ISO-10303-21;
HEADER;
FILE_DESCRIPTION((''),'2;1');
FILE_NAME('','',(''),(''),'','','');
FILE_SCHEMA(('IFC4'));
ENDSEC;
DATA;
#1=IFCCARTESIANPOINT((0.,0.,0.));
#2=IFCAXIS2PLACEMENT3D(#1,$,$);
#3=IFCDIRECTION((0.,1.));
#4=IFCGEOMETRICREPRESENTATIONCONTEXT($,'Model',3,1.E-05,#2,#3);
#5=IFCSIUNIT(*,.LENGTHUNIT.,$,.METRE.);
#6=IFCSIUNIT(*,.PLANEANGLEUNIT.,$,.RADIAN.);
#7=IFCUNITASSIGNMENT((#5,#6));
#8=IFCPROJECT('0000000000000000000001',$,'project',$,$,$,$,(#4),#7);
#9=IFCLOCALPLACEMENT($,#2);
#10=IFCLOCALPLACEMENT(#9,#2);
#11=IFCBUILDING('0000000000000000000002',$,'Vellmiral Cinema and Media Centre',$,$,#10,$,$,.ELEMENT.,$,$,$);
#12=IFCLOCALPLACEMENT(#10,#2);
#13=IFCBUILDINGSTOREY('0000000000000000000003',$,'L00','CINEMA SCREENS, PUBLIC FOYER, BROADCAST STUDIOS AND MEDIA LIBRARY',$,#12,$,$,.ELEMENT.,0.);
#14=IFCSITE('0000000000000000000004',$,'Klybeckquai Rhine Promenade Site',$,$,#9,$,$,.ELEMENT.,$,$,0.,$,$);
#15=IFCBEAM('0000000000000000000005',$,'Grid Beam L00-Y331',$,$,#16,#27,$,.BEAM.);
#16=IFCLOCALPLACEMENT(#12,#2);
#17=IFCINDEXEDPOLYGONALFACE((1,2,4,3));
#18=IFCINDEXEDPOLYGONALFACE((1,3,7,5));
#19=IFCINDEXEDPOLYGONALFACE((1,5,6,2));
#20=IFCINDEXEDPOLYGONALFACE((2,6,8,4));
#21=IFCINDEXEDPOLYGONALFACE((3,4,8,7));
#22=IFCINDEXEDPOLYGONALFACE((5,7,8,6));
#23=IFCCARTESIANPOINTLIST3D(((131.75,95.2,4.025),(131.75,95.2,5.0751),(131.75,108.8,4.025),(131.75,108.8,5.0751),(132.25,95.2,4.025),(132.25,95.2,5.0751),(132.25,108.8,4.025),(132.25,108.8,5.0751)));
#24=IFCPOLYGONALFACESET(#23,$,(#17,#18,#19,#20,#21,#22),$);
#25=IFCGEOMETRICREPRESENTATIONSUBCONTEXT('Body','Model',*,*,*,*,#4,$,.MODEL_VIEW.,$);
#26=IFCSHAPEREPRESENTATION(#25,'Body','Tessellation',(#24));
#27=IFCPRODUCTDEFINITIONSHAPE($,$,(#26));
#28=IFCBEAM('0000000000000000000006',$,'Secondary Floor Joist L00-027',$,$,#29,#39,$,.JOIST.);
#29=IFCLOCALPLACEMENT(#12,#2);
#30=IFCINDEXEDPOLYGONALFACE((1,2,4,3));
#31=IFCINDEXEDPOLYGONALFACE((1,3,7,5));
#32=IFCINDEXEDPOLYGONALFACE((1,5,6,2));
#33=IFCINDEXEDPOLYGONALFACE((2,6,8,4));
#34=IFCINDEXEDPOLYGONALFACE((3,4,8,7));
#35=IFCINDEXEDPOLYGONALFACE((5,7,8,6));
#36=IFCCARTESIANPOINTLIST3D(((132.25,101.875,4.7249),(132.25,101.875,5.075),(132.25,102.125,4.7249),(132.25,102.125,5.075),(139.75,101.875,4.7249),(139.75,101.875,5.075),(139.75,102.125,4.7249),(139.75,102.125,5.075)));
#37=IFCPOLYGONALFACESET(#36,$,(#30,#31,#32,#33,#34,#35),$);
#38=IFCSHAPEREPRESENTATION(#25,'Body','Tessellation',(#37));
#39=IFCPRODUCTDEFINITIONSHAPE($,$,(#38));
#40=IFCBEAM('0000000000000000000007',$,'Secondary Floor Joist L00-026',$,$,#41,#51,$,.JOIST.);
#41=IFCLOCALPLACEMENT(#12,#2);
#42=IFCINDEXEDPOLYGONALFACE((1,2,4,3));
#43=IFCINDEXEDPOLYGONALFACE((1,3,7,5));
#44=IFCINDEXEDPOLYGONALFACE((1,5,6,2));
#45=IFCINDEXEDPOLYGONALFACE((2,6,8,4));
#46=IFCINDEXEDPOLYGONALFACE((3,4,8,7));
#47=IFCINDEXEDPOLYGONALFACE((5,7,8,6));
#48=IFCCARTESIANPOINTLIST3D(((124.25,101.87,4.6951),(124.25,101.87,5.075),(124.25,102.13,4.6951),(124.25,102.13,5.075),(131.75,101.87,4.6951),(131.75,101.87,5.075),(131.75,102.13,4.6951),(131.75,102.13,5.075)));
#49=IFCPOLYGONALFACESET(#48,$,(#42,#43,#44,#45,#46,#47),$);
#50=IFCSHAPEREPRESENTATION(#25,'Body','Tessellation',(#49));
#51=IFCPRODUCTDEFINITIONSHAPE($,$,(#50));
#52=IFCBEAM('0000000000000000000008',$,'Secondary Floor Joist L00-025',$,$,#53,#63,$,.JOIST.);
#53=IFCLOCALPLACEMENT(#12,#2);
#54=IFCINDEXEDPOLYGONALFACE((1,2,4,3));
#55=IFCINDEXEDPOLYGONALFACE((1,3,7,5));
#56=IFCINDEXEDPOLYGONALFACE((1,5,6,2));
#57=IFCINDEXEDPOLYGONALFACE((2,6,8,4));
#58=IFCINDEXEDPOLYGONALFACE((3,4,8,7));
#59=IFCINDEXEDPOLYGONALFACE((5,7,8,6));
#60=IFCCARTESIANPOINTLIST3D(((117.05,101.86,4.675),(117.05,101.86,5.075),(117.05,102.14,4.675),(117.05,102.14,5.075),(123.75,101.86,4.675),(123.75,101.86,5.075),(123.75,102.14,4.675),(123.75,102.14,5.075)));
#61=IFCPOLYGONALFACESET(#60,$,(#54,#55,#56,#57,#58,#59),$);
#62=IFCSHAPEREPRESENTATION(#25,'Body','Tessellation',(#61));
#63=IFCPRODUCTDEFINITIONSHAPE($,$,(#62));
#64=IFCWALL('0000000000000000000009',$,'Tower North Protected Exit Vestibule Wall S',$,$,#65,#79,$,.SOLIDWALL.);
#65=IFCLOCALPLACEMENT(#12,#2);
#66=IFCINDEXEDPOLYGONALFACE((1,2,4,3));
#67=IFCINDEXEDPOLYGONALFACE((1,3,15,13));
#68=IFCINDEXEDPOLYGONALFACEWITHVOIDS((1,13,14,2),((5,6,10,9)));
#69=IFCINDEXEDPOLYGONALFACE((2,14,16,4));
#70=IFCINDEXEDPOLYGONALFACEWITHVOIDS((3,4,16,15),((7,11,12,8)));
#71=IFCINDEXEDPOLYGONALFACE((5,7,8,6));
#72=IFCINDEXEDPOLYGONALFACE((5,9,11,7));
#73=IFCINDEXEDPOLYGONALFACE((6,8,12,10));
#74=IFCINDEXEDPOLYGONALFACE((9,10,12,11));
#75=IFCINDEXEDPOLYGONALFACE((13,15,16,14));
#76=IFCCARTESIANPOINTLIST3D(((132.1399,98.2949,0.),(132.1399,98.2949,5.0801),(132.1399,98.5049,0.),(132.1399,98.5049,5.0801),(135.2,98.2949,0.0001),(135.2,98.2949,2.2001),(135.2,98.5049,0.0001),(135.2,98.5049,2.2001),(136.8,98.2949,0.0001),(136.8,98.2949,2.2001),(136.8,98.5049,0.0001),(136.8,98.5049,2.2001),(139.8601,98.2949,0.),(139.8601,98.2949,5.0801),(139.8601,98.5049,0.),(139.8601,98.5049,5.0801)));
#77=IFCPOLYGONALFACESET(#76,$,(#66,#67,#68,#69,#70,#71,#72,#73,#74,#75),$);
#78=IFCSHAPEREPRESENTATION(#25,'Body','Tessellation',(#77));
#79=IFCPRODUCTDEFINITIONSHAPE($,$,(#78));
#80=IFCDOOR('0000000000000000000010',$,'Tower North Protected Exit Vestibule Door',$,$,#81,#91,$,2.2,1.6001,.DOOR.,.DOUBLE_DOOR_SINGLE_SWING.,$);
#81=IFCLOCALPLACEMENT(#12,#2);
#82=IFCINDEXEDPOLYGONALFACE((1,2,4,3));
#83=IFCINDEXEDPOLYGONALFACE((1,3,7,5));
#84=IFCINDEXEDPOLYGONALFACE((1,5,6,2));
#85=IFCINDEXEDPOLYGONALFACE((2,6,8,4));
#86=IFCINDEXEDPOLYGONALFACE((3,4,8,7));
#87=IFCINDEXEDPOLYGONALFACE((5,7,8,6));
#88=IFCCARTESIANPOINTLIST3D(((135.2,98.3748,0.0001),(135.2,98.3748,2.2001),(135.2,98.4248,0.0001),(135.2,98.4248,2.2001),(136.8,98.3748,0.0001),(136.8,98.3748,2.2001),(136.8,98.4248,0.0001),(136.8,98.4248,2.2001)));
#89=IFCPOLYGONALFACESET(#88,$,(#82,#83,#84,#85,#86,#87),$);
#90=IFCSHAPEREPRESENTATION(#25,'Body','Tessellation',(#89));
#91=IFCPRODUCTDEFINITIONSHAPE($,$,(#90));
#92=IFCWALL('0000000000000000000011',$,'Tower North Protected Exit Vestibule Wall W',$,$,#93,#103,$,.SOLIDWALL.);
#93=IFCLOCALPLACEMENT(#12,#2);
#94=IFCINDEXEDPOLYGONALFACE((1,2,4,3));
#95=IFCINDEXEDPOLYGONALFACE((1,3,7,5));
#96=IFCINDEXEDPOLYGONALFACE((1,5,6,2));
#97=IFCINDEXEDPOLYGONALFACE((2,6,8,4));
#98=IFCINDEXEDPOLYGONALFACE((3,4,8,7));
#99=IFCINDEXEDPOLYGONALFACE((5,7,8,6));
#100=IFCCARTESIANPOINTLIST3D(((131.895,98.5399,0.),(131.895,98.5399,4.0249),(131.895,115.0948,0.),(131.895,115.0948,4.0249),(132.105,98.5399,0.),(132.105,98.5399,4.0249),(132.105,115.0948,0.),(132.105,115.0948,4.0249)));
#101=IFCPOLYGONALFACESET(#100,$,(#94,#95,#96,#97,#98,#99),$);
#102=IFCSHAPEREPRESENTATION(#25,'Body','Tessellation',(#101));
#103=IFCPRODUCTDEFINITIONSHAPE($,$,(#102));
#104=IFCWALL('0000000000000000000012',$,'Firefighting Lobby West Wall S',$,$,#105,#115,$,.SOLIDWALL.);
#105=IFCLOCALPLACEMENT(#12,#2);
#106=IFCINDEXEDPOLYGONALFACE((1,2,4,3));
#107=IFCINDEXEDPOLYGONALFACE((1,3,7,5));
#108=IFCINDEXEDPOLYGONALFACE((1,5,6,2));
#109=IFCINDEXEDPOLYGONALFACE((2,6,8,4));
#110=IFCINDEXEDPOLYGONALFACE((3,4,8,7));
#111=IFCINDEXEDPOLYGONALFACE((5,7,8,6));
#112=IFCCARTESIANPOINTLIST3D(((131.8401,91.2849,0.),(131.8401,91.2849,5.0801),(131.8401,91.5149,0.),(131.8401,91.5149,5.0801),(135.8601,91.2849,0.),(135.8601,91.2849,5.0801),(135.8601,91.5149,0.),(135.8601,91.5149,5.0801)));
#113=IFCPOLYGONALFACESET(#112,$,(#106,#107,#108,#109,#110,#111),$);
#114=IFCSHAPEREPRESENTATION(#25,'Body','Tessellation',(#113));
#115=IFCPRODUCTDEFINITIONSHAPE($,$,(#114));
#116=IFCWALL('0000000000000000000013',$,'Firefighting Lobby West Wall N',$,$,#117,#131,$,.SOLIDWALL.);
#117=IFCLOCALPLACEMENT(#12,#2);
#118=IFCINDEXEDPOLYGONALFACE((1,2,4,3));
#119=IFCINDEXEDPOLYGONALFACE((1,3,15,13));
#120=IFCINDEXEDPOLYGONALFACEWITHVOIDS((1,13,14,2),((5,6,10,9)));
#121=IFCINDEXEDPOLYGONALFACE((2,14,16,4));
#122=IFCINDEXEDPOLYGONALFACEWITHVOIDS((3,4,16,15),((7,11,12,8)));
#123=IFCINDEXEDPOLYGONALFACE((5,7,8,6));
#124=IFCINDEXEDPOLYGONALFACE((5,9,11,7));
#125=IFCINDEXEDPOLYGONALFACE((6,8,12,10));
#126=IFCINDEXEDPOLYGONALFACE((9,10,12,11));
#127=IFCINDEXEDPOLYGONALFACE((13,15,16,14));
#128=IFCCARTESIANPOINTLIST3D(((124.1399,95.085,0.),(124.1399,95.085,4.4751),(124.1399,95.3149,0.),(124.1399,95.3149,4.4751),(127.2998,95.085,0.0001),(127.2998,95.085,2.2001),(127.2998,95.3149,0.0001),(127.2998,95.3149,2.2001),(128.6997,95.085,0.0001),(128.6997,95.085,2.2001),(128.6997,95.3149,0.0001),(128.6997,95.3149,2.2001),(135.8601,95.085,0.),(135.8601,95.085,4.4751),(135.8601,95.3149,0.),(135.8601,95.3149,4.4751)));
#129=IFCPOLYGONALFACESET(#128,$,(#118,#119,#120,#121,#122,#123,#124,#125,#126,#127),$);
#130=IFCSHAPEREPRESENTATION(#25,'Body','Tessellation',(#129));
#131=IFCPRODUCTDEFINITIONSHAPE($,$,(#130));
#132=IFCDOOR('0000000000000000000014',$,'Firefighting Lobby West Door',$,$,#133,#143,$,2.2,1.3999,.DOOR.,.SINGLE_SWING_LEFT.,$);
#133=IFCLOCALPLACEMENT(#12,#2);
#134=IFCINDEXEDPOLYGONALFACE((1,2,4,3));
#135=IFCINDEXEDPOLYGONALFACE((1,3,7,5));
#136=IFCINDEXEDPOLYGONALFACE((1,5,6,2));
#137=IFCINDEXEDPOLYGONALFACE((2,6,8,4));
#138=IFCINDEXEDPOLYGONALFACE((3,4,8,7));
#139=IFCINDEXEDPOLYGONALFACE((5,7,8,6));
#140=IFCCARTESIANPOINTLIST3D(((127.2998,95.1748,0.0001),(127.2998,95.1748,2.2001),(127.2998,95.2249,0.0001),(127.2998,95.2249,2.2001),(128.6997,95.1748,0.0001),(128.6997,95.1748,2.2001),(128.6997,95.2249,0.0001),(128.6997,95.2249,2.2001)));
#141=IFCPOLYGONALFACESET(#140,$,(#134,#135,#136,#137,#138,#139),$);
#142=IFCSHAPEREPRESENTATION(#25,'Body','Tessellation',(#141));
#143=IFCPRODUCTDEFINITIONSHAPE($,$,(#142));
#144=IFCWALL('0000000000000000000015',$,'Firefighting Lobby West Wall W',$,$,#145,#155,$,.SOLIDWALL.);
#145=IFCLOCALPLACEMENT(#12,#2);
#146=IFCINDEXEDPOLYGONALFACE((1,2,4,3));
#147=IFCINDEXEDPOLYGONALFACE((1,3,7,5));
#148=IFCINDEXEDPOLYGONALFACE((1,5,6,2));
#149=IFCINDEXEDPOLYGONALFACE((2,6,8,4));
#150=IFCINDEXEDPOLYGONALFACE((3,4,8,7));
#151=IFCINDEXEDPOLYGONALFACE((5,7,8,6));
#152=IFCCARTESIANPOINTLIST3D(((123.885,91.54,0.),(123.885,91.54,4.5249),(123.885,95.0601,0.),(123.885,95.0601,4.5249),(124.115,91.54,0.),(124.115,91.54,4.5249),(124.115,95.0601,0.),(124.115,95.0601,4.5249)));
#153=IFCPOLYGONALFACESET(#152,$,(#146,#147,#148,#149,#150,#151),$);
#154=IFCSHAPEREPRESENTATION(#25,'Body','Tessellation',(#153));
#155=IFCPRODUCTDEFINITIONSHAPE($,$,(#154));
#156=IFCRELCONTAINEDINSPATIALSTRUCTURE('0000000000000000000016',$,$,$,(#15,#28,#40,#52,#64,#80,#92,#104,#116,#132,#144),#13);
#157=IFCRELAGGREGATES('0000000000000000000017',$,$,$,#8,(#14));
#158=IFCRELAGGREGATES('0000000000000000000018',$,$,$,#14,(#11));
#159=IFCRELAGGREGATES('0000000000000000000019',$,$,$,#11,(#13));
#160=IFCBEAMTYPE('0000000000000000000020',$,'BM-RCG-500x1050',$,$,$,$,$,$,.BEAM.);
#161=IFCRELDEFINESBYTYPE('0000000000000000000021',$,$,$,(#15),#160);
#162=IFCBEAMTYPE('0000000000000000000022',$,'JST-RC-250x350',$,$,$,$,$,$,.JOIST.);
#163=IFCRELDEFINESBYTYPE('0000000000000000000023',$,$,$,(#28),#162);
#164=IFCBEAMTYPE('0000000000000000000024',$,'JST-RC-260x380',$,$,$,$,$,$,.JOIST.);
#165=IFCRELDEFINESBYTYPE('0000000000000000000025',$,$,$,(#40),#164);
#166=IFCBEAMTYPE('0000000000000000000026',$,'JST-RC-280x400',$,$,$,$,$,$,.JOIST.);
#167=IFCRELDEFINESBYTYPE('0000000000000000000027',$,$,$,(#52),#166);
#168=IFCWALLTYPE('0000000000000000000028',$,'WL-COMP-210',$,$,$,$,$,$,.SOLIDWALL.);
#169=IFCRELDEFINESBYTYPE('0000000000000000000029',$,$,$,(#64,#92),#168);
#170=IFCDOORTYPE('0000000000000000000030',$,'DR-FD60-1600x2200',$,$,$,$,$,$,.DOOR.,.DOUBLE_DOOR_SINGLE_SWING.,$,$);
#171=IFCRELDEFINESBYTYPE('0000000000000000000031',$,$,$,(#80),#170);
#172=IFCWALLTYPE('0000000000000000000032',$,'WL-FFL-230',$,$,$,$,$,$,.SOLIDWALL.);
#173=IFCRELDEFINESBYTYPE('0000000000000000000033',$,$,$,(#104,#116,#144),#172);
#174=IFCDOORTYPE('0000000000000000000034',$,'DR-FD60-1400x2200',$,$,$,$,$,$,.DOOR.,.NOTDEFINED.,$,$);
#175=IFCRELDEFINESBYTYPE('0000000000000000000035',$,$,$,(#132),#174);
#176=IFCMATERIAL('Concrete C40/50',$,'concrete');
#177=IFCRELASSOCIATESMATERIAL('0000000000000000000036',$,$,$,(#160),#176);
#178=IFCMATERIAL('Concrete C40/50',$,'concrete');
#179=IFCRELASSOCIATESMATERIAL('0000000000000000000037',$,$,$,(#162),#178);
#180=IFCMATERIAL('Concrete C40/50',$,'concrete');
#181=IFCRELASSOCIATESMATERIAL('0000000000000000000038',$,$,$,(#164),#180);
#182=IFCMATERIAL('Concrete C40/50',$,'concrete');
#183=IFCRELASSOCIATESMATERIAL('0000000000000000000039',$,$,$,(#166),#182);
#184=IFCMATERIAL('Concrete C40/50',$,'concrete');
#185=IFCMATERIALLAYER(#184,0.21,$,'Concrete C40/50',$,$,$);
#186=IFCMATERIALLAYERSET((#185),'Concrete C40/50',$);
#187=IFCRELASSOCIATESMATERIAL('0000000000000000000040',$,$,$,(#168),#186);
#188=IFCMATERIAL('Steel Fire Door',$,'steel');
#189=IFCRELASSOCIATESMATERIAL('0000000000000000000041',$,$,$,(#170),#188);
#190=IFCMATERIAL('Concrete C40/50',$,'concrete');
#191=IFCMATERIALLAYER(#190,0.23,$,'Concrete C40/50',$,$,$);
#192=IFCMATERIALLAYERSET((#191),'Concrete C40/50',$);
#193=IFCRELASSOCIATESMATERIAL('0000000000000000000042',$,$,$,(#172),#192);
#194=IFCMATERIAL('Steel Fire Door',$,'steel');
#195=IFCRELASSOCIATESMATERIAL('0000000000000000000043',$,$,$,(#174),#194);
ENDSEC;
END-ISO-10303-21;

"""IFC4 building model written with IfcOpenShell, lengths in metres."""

from ifc_helpers import new_model, si_unit, direction, frame, frame_2d, origin, origin_2d, place, context, subcontext, project, spatial, rectangle, extrude, material, layer, layer_set, material_profile, profile_set, type_object, element, fill, save


model = new_model("IFC4")

# Units and contexts
model_context = context("Model", 3, precision=1e-05, world=origin(), true_north=direction((0.0, 1.0)))
body_context = subcontext(model_context, "Body", "Model", "MODEL_VIEW")
ifc_project = project(units=[si_unit("LENGTHUNIT", "METRE"), si_unit("PLANEANGLEUNIT", "RADIAN")], contexts=[model_context])

# Site, building, storey
site_placement = place(None, origin())
site = spatial("IfcSite", under=ifc_project, at=site_placement, Name="Klybeckquai Rhine Promenade Site", CompositionType="ELEMENT", RefElevation=0.0)
building_placement = place(site_placement, origin())
building = spatial("IfcBuilding", under=site, at=building_placement, Name="Vellmiral Cinema and Media Centre", CompositionType="ELEMENT")
storey_placement = place(building_placement, origin())
storey = spatial("IfcBuildingStorey", under=building, at=storey_placement, Name="L00", Description="CINEMA SCREENS, PUBLIC FOYER, BROADCAST STUDIOS AND MEDIA LIBRARY", CompositionType="ELEMENT", Elevation=0.0)

# Beams
ifc_material_1 = material(Name="Concrete C40/50", Category="concrete")
ifc_material_profile_1 = material_profile(ifc_material_1, rectangle(XDim=0.5, YDim=1.05, at=origin_2d()), Name="RC 500x1050")
ifc_profile_set_1 = profile_set([ifc_material_profile_1], Name="Concrete C40/50")
beam_type_1 = type_object("IfcBeamType", Name="BM-RCG-500x1050", PredefinedType="BEAM", material=ifc_profile_set_1)
for number, where, z_axis, x_axis, name in (
    (1, (132.0, 95.2, 4.55), (0.0, 1.0, 0.0), (-1.0, 0.0, 0.0), "Grid Beam L00-Y331"),
):
    element("IfcBeam", number, at=place(storey_placement, frame(where, z_axis=z_axis, x_axis=x_axis)), inside=storey, type_object=beam_type_1, Name=name, PredefinedType="BEAM", context=body_context, shape_type="SweptSolid", body=[
        extrude(rectangle(XDim=0.5, YDim=1.05, at=origin_2d()), origin(), (0.0, 0.0, 1.0), 13.6001),
    ])
ifc_material_2 = material(Name="Concrete C40/50", Category="concrete")
ifc_material_profile_2 = material_profile(ifc_material_2, rectangle(XDim=0.25, YDim=0.3501, at=origin_2d()), Name="RC 250x350")
ifc_profile_set_2 = profile_set([ifc_material_profile_2], Name="Concrete C40/50")
beam_type_2 = type_object("IfcBeamType", Name="JST-RC-250x350", PredefinedType="JOIST", material=ifc_profile_set_2)
beam_1_placement = place(storey_placement, frame((132.25, 102.0, 4.8999), z_axis=(1.0, 0.0, 0.0), x_axis=(0.0, 1.0, 0.0)))
element("IfcBeam", 2, at=beam_1_placement, inside=storey, type_object=beam_type_2, Name="Secondary Floor Joist L00-027", PredefinedType="JOIST", context=body_context, shape_type="SweptSolid", body=[
    extrude(rectangle(XDim=0.25, YDim=0.3501, at=origin_2d()), origin(), (0.0, 0.0, 1.0), 7.5),
])
ifc_material_3 = material(Name="Concrete C40/50", Category="concrete")
ifc_material_profile_3 = material_profile(ifc_material_3, rectangle(XDim=0.26, YDim=0.3799, at=origin_2d()), Name="RC 260x380")
ifc_profile_set_3 = profile_set([ifc_material_profile_3], Name="Concrete C40/50")
beam_type_3 = type_object("IfcBeamType", Name="JST-RC-260x380", PredefinedType="JOIST", material=ifc_profile_set_3)
beam_2_placement = place(storey_placement, frame((124.25, 102.0, 4.885), z_axis=(1.0, 0.0, 0.0), x_axis=(0.0, 1.0, 0.0)))
element("IfcBeam", 3, at=beam_2_placement, inside=storey, type_object=beam_type_3, Name="Secondary Floor Joist L00-026", PredefinedType="JOIST", context=body_context, shape_type="SweptSolid", body=[
    extrude(rectangle(XDim=0.26, YDim=0.3799, at=origin_2d()), origin(), (0.0, 0.0, 1.0), 7.5),
])
ifc_material_4 = material(Name="Concrete C40/50", Category="concrete")
ifc_material_profile_4 = material_profile(ifc_material_4, rectangle(XDim=0.28, YDim=0.3999, at=origin_2d()), Name="RC 280x400")
ifc_profile_set_4 = profile_set([ifc_material_profile_4], Name="Concrete C40/50")
beam_type_4 = type_object("IfcBeamType", Name="JST-RC-280x400", PredefinedType="JOIST", material=ifc_profile_set_4)
beam_3_placement = place(storey_placement, frame((117.05, 102.0, 4.875), z_axis=(1.0, 0.0, 0.0), x_axis=(0.0, 1.0, 0.0)))
element("IfcBeam", 4, at=beam_3_placement, inside=storey, type_object=beam_type_4, Name="Secondary Floor Joist L00-025", PredefinedType="JOIST", context=body_context, shape_type="SweptSolid", body=[
    extrude(rectangle(XDim=0.28, YDim=0.3999, at=origin_2d()), origin(), (0.0, 0.0, 1.0), 6.7),
])

# Wall, opening, door
ifc_material_5 = material(Name="Concrete C40/50", Category="concrete")
ifc_layer_1 = layer(ifc_material_5, 0.21, Name="Concrete C40/50")
ifc_layer_set_1 = layer_set([ifc_layer_1], Name="Concrete C40/50")
wall_type_1 = type_object("IfcWallType", Name="WL-COMP-210", PredefinedType="SOLIDWALL", material=ifc_layer_set_1)
wall_1_placement = place(storey_placement, frame((132.1399, 98.3999, 0.0), z_axis=(0.0, 0.0, 1.0), x_axis=(1.0, 0.0, 0.0)))
wall_1 = element("IfcWall", 5, at=wall_1_placement, inside=storey, type_object=wall_type_1, Name="Tower North Protected Exit Vestibule Wall S", PredefinedType="SOLIDWALL", context=body_context, shape_type="SweptSolid", body=[
    extrude(rectangle(XDim=7.7202, YDim=0.21, at=frame_2d((3.8601, 0.0))), origin(), (0.0, 0.0, 1.0), 5.0801),
])
opening_1_placement = place(wall_1_placement, frame((3.0601, 0.0, 0.0)))
opening_1 = element("IfcOpeningElement", 6, at=opening_1_placement, cuts=wall_1, PredefinedType="OPENING", context=body_context, shape_type="SweptSolid", body=[
    extrude(rectangle(XDim=1.6001, YDim=2.2, at=frame_2d((0.8, 1.1001))), frame((0.0, 0.1169, 0.0), z_axis=(0.0, -1.0, 0.0), x_axis=(1.0, 0.0, 0.0)), (0.0, 0.0, 1.0), 0.2339),
])
ifc_material_6 = material(Name="Steel Fire Door", Category="steel")
door_type_1 = type_object("IfcDoorType", Name="DR-FD60-1600x2200", OperationType="DOUBLE_DOOR_SINGLE_SWING", PredefinedType="DOOR", material=ifc_material_6)
door_1_placement = place(opening_1_placement, origin())
door_1 = element("IfcDoor", 7, at=door_1_placement, inside=storey, type_object=door_type_1, Name="Tower North Protected Exit Vestibule Door", OperationType="DOUBLE_DOOR_SINGLE_SWING", OverallHeight=2.2, OverallWidth=1.6001, PredefinedType="DOOR", context=body_context, shape_type="SweptSolid", body=[
    extrude(rectangle(XDim=1.6001, YDim=2.2, at=frame_2d((0.8, 1.1001))), frame((0.0, 0.0249, 0.0), z_axis=(0.0, -1.0, 0.0), x_axis=(1.0, 0.0, 0.0)), (0.0, 0.0, 1.0), 0.05),
])
fill(opening_1, door_1)

# Walls
wall_2_placement = place(storey_placement, frame((132.0, 98.54, 0.0), z_axis=(0.0, 0.0, 1.0), x_axis=(0.0, 1.0, 0.0)))
element("IfcWall", 8, at=wall_2_placement, inside=storey, type_object=wall_type_1, Name="Tower North Protected Exit Vestibule Wall W", PredefinedType="SOLIDWALL", context=body_context, shape_type="SweptSolid", body=[
    extrude(rectangle(XDim=16.5549, YDim=0.21, at=frame_2d((8.2773, 0.0))), origin(), (0.0, 0.0, 1.0), 4.0249),
])
ifc_material_7 = material(Name="Concrete C40/50", Category="concrete")
ifc_layer_2 = layer(ifc_material_7, 0.23, Name="Concrete C40/50")
ifc_layer_set_2 = layer_set([ifc_layer_2], Name="Concrete C40/50")
wall_type_2 = type_object("IfcWallType", Name="WL-FFL-230", PredefinedType="SOLIDWALL", material=ifc_layer_set_2)
wall_3_placement = place(storey_placement, frame((131.8401, 91.3999, 0.0), z_axis=(0.0, 0.0, 1.0), x_axis=(1.0, 0.0, 0.0)))
element("IfcWall", 9, at=wall_3_placement, inside=storey, type_object=wall_type_2, Name="Firefighting Lobby West Wall S", PredefinedType="SOLIDWALL", context=body_context, shape_type="SweptSolid", body=[
    extrude(rectangle(XDim=4.02, YDim=0.23, at=frame_2d((2.01, 0.0))), origin(), (0.0, 0.0, 1.0), 5.0801),
])

# Wall, opening, door
wall_4_placement = place(storey_placement, frame((124.1399, 95.2, 0.0), z_axis=(0.0, 0.0, 1.0), x_axis=(1.0, 0.0, 0.0)))
wall_4 = element("IfcWall", 10, at=wall_4_placement, inside=storey, type_object=wall_type_2, Name="Firefighting Lobby West Wall N", PredefinedType="SOLIDWALL", context=body_context, shape_type="SweptSolid", body=[
    extrude(rectangle(XDim=11.7202, YDim=0.23, at=frame_2d((5.8601, 0.0))), origin(), (0.0, 0.0, 1.0), 4.4751),
])
opening_2_placement = place(wall_4_placement, frame((3.1599, 0.0, 0.0)))
opening_2 = element("IfcOpeningElement", 11, at=opening_2_placement, cuts=wall_4, PredefinedType="OPENING", context=body_context, shape_type="SweptSolid", body=[
    extrude(rectangle(XDim=1.3999, YDim=2.2, at=frame_2d((0.7, 1.1001))), frame((0.0, 0.127, 0.0), z_axis=(0.0, -1.0, 0.0), x_axis=(1.0, 0.0, 0.0)), (0.0, 0.0, 1.0), 0.2539),
])
ifc_material_8 = material(Name="Steel Fire Door", Category="steel")
door_type_2 = type_object("IfcDoorType", Name="DR-FD60-1400x2200", OperationType="NOTDEFINED", PredefinedType="DOOR", material=ifc_material_8)
door_2_placement = place(opening_2_placement, origin())
door_2 = element("IfcDoor", 12, at=door_2_placement, inside=storey, type_object=door_type_2, Name="Firefighting Lobby West Door", OperationType="SINGLE_SWING_LEFT", OverallHeight=2.2, OverallWidth=1.3999, PredefinedType="DOOR", context=body_context, shape_type="SweptSolid", body=[
    extrude(rectangle(XDim=1.3999, YDim=2.2, at=frame_2d((0.7, 1.1001))), frame((0.0, 0.0249, 0.0), z_axis=(0.0, -1.0, 0.0), x_axis=(1.0, 0.0, 0.0)), (0.0, 0.0, 1.0), 0.05),
])
fill(opening_2, door_2)

# Wall
wall_5_placement = place(storey_placement, frame((124.0, 91.54, 0.0), z_axis=(0.0, 0.0, 1.0), x_axis=(0.0, 1.0, 0.0)))
element("IfcWall", 13, at=wall_5_placement, inside=storey, type_object=wall_type_2, Name="Firefighting Lobby West Wall W", PredefinedType="SOLIDWALL", context=body_context, shape_type="SweptSolid", body=[
    extrude(rectangle(XDim=3.52, YDim=0.23, at=frame_2d((1.76, 0.0))), origin(), (0.0, 0.0, 1.0), 4.5249),
])

save(model, "model.ifc")
